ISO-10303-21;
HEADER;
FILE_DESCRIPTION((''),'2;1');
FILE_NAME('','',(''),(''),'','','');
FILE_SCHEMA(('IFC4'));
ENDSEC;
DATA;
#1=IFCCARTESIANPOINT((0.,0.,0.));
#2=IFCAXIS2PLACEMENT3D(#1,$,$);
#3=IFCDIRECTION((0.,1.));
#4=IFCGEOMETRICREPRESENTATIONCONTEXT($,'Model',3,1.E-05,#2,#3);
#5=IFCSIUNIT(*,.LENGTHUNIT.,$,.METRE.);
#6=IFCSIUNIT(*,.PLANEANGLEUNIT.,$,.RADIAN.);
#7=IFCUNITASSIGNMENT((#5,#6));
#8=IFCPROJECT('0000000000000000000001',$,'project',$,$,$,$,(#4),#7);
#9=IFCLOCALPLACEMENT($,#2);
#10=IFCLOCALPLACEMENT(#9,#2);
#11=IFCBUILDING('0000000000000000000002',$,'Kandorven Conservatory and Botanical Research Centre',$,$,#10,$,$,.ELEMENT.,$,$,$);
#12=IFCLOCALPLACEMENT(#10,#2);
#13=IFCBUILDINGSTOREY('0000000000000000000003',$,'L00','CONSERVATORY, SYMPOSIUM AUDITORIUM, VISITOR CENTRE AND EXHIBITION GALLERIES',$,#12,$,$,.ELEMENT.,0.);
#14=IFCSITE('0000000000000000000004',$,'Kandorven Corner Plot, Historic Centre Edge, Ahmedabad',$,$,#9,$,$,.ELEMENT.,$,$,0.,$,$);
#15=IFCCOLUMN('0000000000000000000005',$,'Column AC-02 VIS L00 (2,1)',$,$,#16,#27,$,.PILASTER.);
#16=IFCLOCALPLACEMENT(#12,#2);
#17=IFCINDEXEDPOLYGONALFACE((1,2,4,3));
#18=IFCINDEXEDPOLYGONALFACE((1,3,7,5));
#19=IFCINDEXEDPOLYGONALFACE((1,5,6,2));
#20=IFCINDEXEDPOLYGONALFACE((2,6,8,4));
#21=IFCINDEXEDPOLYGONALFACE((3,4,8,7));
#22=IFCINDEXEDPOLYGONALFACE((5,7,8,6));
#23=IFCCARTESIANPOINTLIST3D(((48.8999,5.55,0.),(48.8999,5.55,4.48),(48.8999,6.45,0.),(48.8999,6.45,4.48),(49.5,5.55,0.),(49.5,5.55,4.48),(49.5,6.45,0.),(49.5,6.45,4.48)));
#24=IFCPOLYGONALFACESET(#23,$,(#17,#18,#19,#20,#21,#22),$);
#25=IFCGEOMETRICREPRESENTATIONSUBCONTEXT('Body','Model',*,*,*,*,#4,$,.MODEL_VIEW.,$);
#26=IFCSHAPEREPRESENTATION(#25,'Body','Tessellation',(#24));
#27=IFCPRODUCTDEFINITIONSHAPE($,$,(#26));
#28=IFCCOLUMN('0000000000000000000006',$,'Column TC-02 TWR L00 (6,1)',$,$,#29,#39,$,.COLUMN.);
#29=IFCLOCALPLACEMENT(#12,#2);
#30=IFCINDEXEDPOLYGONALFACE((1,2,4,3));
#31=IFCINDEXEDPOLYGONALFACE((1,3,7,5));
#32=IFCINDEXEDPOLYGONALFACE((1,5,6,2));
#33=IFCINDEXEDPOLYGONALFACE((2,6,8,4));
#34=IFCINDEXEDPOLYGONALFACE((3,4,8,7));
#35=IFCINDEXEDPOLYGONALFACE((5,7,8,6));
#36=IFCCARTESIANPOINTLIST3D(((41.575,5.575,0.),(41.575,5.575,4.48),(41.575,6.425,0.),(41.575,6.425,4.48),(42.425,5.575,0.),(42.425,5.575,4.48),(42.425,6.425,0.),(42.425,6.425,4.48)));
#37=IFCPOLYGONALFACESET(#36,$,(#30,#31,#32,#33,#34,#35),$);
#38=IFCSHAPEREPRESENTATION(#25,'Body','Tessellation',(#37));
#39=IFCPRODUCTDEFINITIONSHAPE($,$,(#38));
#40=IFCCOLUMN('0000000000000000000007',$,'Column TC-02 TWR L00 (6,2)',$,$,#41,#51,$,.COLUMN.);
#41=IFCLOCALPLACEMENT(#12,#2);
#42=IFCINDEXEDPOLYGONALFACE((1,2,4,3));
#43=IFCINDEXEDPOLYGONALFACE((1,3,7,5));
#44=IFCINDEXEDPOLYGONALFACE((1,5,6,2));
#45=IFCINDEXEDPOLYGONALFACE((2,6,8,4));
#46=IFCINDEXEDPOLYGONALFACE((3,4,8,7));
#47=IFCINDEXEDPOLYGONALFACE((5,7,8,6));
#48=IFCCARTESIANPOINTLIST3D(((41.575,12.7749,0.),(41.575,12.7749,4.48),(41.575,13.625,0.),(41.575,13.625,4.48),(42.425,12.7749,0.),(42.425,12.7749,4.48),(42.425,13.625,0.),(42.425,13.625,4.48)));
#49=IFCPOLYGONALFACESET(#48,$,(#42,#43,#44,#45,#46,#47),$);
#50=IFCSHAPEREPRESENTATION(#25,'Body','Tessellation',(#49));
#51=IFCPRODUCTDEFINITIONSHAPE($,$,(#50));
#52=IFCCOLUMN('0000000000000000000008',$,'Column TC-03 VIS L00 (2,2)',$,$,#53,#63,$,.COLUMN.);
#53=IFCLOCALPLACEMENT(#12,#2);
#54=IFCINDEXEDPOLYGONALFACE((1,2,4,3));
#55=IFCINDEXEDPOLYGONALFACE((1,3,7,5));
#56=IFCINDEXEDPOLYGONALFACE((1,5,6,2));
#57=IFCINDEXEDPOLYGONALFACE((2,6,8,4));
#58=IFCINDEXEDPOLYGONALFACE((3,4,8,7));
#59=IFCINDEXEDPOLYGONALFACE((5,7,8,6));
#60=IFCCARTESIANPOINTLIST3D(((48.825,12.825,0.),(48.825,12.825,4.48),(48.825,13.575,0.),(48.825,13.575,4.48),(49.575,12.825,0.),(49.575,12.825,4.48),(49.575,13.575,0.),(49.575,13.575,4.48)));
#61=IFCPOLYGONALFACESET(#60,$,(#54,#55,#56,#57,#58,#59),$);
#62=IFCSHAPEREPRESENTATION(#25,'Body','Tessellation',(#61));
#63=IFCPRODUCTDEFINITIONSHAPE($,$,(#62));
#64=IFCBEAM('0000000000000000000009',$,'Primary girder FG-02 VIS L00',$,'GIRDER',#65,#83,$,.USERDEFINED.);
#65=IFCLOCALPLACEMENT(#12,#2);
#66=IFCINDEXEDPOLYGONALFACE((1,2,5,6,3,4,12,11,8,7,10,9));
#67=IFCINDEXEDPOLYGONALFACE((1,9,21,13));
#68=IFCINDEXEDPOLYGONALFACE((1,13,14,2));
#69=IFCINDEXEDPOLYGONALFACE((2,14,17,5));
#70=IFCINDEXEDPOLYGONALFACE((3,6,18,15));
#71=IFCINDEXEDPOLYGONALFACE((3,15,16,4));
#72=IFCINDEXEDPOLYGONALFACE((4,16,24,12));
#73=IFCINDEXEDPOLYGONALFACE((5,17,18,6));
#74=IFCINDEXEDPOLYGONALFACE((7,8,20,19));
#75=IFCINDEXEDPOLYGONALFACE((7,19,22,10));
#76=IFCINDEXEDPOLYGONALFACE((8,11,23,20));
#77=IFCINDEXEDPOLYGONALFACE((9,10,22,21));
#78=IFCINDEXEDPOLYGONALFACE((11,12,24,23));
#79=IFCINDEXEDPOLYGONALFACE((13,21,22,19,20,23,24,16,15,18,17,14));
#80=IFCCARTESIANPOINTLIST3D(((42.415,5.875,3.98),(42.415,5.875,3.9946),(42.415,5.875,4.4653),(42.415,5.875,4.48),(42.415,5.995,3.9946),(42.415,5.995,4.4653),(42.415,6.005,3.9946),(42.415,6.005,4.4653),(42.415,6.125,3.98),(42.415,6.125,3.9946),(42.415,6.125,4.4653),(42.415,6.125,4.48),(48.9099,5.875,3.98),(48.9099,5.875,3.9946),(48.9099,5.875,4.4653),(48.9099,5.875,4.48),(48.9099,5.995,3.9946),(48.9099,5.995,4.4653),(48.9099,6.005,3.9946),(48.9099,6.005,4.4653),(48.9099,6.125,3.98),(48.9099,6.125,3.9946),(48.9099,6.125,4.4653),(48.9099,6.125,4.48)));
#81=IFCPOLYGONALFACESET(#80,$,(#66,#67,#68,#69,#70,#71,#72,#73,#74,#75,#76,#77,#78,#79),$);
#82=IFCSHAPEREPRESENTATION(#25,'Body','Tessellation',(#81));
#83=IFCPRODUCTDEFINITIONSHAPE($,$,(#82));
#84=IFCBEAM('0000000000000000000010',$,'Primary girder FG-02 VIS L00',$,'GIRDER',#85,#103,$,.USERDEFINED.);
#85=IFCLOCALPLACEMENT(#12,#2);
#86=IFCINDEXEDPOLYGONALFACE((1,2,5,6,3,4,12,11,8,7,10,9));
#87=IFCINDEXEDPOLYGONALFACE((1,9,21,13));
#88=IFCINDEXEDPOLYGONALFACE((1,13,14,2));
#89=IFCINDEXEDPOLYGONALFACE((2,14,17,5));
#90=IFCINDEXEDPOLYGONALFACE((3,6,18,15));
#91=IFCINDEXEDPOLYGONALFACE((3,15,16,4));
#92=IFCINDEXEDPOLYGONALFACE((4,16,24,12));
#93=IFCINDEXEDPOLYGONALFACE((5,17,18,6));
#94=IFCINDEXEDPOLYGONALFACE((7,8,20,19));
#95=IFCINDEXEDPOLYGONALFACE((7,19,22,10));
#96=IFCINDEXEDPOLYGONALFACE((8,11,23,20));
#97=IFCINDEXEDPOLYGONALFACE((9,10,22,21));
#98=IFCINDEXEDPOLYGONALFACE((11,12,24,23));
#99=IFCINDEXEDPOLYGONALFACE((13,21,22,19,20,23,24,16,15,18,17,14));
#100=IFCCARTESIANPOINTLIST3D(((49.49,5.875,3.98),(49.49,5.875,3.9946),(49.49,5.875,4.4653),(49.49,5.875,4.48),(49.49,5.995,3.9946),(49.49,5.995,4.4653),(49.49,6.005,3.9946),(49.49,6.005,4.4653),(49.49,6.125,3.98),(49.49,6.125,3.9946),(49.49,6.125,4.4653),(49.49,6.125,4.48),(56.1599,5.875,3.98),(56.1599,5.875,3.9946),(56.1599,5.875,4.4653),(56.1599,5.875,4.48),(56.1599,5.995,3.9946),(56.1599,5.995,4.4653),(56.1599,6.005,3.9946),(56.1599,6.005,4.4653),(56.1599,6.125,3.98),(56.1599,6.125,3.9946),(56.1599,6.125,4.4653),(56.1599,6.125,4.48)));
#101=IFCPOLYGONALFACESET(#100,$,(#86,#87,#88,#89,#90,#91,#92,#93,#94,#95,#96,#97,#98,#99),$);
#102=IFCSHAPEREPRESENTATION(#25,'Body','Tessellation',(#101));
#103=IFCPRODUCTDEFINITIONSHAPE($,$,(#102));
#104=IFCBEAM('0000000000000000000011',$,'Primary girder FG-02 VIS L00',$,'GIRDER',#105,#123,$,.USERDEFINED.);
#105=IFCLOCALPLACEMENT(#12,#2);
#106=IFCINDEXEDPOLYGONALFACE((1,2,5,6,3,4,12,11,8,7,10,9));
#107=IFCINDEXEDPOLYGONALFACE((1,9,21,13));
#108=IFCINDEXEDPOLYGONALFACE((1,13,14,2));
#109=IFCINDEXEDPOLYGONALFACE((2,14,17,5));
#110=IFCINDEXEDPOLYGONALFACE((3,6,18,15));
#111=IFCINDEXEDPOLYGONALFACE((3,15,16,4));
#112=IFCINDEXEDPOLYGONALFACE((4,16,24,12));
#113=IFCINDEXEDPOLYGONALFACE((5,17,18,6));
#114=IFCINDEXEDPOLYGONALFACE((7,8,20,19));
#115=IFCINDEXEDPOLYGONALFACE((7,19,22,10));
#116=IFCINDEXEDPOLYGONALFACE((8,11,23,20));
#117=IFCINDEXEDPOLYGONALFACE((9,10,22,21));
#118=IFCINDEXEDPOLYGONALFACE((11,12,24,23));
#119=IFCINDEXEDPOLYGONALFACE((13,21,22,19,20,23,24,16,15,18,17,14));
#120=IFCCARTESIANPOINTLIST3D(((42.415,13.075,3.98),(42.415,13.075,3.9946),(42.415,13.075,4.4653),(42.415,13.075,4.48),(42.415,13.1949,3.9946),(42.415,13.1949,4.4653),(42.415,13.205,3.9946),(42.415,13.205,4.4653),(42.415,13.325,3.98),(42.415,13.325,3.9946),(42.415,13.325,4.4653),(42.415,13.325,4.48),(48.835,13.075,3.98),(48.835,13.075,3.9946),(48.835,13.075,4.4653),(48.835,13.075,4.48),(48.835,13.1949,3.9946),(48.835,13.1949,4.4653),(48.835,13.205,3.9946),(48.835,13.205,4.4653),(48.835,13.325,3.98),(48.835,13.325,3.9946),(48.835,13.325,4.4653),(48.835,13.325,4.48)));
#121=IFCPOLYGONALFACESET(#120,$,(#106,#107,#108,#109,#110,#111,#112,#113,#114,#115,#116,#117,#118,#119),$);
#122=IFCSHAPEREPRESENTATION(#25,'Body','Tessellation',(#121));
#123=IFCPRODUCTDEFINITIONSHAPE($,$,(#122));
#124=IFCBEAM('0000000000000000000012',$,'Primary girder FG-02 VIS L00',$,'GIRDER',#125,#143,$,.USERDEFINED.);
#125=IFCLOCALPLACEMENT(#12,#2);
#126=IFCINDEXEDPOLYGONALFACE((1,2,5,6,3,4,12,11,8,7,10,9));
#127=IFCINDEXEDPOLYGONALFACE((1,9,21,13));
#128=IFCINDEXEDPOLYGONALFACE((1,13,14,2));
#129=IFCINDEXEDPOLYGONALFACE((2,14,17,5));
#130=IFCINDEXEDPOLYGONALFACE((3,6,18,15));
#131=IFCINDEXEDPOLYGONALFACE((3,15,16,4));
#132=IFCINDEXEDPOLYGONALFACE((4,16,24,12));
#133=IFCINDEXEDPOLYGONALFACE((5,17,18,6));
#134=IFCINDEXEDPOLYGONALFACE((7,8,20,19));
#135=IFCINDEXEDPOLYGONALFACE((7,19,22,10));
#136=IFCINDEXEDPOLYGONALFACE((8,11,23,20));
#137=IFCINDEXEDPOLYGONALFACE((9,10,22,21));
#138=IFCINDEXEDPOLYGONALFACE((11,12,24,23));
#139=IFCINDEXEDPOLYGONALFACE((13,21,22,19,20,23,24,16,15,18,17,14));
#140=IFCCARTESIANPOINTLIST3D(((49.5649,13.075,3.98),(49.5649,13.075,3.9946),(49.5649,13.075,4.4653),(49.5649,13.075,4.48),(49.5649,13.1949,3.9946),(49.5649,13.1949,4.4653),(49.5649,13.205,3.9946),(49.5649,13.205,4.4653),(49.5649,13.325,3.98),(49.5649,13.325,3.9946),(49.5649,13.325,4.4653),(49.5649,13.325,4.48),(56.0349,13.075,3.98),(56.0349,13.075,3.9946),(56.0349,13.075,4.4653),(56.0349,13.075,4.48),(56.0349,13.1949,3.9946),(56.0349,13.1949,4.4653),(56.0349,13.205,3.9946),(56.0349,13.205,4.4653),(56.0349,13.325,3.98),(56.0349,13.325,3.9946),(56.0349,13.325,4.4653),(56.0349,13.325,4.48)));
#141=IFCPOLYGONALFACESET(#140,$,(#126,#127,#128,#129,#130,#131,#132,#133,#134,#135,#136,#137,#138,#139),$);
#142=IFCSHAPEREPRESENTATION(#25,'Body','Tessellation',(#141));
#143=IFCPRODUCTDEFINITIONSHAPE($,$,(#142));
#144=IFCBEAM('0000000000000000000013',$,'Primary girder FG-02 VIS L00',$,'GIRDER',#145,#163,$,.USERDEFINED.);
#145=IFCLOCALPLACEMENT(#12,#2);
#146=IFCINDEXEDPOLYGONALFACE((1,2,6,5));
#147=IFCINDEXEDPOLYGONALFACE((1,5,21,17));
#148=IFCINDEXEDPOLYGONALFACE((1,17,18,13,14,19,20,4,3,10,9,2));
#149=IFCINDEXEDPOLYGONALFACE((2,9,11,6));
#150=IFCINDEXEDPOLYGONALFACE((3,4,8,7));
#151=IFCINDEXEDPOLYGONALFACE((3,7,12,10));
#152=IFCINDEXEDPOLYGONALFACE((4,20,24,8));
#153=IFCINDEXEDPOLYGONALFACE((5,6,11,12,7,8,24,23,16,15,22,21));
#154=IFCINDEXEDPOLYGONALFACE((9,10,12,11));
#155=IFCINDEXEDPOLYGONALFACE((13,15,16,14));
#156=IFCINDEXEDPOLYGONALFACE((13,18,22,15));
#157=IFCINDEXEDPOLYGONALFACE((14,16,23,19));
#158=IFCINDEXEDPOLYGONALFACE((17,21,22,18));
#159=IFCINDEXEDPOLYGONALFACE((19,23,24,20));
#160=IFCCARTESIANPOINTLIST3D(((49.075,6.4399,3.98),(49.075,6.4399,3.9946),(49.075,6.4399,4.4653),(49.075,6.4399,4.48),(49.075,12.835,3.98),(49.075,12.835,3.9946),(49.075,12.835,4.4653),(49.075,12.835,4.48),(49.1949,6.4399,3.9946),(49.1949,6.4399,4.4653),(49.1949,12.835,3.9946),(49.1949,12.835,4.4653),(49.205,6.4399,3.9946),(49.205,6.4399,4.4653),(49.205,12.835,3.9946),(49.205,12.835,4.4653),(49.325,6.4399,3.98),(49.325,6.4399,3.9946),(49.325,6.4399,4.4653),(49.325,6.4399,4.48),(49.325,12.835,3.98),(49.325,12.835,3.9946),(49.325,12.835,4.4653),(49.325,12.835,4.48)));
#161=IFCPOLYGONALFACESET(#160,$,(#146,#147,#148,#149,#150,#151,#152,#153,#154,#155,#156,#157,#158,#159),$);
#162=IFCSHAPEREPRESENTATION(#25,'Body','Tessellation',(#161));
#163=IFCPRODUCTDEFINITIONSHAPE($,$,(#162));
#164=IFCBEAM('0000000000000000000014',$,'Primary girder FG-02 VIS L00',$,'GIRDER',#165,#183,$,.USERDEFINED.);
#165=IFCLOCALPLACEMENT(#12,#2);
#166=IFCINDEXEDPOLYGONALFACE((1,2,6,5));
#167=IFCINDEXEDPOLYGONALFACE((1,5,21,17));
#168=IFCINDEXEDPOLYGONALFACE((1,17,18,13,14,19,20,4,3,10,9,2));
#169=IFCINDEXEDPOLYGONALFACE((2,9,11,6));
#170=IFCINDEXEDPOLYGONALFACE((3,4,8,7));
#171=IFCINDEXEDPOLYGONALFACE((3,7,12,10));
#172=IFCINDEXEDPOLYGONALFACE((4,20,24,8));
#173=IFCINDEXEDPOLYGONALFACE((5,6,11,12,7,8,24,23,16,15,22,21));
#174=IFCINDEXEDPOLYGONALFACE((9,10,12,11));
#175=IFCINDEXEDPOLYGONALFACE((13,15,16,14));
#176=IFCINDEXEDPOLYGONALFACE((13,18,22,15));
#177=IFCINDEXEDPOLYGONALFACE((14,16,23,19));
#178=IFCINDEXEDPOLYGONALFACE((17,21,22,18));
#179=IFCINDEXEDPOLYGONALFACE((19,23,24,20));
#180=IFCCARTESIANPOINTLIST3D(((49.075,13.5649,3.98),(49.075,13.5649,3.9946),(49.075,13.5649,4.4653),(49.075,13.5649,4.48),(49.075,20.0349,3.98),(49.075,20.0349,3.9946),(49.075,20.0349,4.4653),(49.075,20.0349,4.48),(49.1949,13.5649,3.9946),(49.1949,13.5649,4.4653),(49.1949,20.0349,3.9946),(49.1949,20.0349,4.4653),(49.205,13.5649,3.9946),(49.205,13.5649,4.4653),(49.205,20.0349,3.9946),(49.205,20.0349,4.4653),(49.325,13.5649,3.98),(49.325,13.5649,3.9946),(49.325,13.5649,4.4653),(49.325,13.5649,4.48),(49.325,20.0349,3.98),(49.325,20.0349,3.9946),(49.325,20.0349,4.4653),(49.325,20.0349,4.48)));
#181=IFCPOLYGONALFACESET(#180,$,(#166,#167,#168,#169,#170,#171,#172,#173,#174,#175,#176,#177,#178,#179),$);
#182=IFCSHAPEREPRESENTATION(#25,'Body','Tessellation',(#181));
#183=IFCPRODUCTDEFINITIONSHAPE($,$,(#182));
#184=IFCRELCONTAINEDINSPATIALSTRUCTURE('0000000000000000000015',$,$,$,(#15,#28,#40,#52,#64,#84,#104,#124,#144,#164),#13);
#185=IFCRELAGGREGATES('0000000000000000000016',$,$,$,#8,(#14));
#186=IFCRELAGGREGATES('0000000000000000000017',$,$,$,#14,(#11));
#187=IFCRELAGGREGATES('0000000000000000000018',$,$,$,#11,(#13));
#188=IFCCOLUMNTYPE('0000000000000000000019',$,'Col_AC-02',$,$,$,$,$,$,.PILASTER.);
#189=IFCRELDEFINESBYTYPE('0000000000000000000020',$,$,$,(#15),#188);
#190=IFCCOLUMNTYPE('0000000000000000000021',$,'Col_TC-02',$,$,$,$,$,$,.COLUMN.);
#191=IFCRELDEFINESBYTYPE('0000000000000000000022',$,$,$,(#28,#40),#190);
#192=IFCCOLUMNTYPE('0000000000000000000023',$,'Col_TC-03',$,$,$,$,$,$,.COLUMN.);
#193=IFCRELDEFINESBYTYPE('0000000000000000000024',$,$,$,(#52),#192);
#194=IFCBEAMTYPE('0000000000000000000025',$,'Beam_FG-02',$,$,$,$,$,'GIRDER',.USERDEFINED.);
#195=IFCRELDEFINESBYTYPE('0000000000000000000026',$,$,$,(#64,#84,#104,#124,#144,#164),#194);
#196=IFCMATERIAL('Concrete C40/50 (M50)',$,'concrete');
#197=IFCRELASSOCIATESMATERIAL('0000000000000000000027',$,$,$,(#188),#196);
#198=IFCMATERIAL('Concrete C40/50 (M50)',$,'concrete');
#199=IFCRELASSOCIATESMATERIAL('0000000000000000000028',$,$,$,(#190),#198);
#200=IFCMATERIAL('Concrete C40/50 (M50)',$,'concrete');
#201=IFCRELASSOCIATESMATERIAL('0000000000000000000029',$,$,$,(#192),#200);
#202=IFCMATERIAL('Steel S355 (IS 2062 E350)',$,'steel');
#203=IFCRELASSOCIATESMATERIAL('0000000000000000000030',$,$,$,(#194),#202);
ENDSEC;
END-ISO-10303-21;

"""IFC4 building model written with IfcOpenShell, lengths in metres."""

from ifc_helpers import new_model, si_unit, direction, frame, origin, origin_2d, place, context, subcontext, project, spatial, rectangle, i_section, extrude, material, material_profile, profile_set, type_object, element, save


model = new_model("IFC4")

# Units and contexts
model_context = context("Model", 3, precision=1e-05, world=origin(), true_north=direction((0.0, 1.0)))
body_context = subcontext(model_context, "Body", "Model", "MODEL_VIEW")
ifc_project = project(units=[si_unit("LENGTHUNIT", "METRE"), si_unit("PLANEANGLEUNIT", "RADIAN")], contexts=[model_context])

# Site, building, storey
site_placement = place(None, origin())
site = spatial("IfcSite", under=ifc_project, at=site_placement, Name="Kandorven Corner Plot, Historic Centre Edge, Ahmedabad", CompositionType="ELEMENT", RefElevation=0.0)
building_placement = place(site_placement, origin())
building = spatial("IfcBuilding", under=site, at=building_placement, Name="Kandorven Conservatory and Botanical Research Centre", CompositionType="ELEMENT")
storey_placement = place(building_placement, origin())
storey = spatial("IfcBuildingStorey", under=building, at=storey_placement, Name="L00", Description="CONSERVATORY, SYMPOSIUM AUDITORIUM, VISITOR CENTRE AND EXHIBITION GALLERIES", CompositionType="ELEMENT", Elevation=0.0)

# Columns
ifc_material_1 = material(Name="Concrete C40/50 (M50)", Category="concrete")
ifc_material_profile_1 = material_profile(ifc_material_1, rectangle(XDim=0.6001, YDim=0.8999, at=origin_2d()))
ifc_profile_set_1 = profile_set([ifc_material_profile_1], Name="Concrete C40/50 (M50)")
column_type_1 = type_object("IfcColumnType", Name="Col_AC-02", PredefinedType="PILASTER", material=ifc_profile_set_1)
column_1_placement = place(storey_placement, frame((49.2, 6.0, 0.0), z_axis=(0.0, 0.0, 1.0), x_axis=(1.0, 0.0, 0.0)))
element("IfcColumn", 1, at=column_1_placement, inside=storey, type_object=column_type_1, Name="Column AC-02 VIS L00 (2,1)", PredefinedType="PILASTER", context=body_context, shape_type="SweptSolid", body=[
    extrude(rectangle(XDim=0.6001, YDim=0.8999, at=origin_2d()), origin(), (0.0, 0.0, 1.0), 4.48),
])
ifc_material_2 = material(Name="Concrete C40/50 (M50)", Category="concrete")
ifc_material_profile_2 = material_profile(ifc_material_2, rectangle(XDim=0.8501, YDim=0.8501, at=origin_2d()))
ifc_profile_set_2 = profile_set([ifc_material_profile_2], Name="Concrete C40/50 (M50)")
column_type_2 = type_object("IfcColumnType", Name="Col_TC-02", PredefinedType="COLUMN", material=ifc_profile_set_2)
for number, where, z_axis, x_axis, name in (
    (2, (42.0, 6.0, 0.0), (0.0, 0.0, 1.0), (1.0, 0.0, 0.0), "Column TC-02 TWR L00 (6,1)"),
    (3, (42.0, 13.2, 0.0), (0.0, 0.0, 1.0), (1.0, 0.0, 0.0), "Column TC-02 TWR L00 (6,2)"),
):
    element("IfcColumn", number, at=place(storey_placement, frame(where, z_axis=z_axis, x_axis=x_axis)), inside=storey, type_object=column_type_2, Name=name, PredefinedType="COLUMN", context=body_context, shape_type="SweptSolid", body=[
        extrude(rectangle(XDim=0.8501, YDim=0.8501, at=origin_2d()), origin(), (0.0, 0.0, 1.0), 4.48),
    ])
ifc_material_3 = material(Name="Concrete C40/50 (M50)", Category="concrete")
ifc_material_profile_3 = material_profile(ifc_material_3, rectangle(XDim=0.75, YDim=0.75, at=origin_2d()))
ifc_profile_set_3 = profile_set([ifc_material_profile_3], Name="Concrete C40/50 (M50)")
column_type_3 = type_object("IfcColumnType", Name="Col_TC-03", PredefinedType="COLUMN", material=ifc_profile_set_3)
column_2_placement = place(storey_placement, frame((49.2, 13.2, 0.0), z_axis=(0.0, 0.0, 1.0), x_axis=(1.0, 0.0, 0.0)))
element("IfcColumn", 4, at=column_2_placement, inside=storey, type_object=column_type_3, Name="Column TC-03 VIS L00 (2,2)", PredefinedType="COLUMN", context=body_context, shape_type="SweptSolid", body=[
    extrude(rectangle(XDim=0.75, YDim=0.75, at=origin_2d()), origin(), (0.0, 0.0, 1.0), 4.48),
])

# Beams
ifc_material_4 = material(Name="Steel S355 (IS 2062 E350)", Category="steel")
ifc_material_profile_4 = material_profile(ifc_material_4, i_section(OverallWidth=0.25, OverallDepth=0.5, WebThickness=0.01, FlangeThickness=0.0146, at=origin_2d()))
ifc_profile_set_4 = profile_set([ifc_material_profile_4], Name="Steel S355 (IS 2062 E350)")
beam_type_1 = type_object("IfcBeamType", Name="Beam_FG-02", ElementType="GIRDER", PredefinedType="USERDEFINED", material=ifc_profile_set_4)
beam_1_placement = place(storey_placement, frame((42.415, 6.0, 4.23), z_axis=(1.0, 0.0, 0.0), x_axis=(0.0, 1.0, 0.0)))
element("IfcBeam", 5, at=beam_1_placement, inside=storey, type_object=beam_type_1, Name="Primary girder FG-02 VIS L00", ObjectType="GIRDER", PredefinedType="USERDEFINED", context=body_context, shape_type="SweptSolid", body=[
    extrude(i_section(OverallWidth=0.25, OverallDepth=0.5, WebThickness=0.01, FlangeThickness=0.0146, at=origin_2d()), origin(), (0.0, 0.0, 1.0), 6.4949),
])
beam_2_placement = place(storey_placement, frame((49.49, 6.0, 4.23), z_axis=(1.0, 0.0, 0.0), x_axis=(0.0, 1.0, 0.0)))
element("IfcBeam", 6, at=beam_2_placement, inside=storey, type_object=beam_type_1, Name="Primary girder FG-02 VIS L00", ObjectType="GIRDER", PredefinedType="USERDEFINED", context=body_context, shape_type="SweptSolid", body=[
    extrude(i_section(OverallWidth=0.25, OverallDepth=0.5, WebThickness=0.01, FlangeThickness=0.0146, at=origin_2d()), origin(), (0.0, 0.0, 1.0), 6.6699),
])
beam_3_placement = place(storey_placement, frame((42.415, 13.2, 4.23), z_axis=(1.0, 0.0, 0.0), x_axis=(0.0, 1.0, 0.0)))
element("IfcBeam", 7, at=beam_3_placement, inside=storey, type_object=beam_type_1, Name="Primary girder FG-02 VIS L00", ObjectType="GIRDER", PredefinedType="USERDEFINED", context=body_context, shape_type="SweptSolid", body=[
    extrude(i_section(OverallWidth=0.25, OverallDepth=0.5, WebThickness=0.01, FlangeThickness=0.0146, at=origin_2d()), origin(), (0.0, 0.0, 1.0), 6.4199),
])
beam_4_placement = place(storey_placement, frame((49.5649, 13.2, 4.23), z_axis=(1.0, 0.0, 0.0), x_axis=(0.0, 1.0, 0.0)))
element("IfcBeam", 8, at=beam_4_placement, inside=storey, type_object=beam_type_1, Name="Primary girder FG-02 VIS L00", ObjectType="GIRDER", PredefinedType="USERDEFINED", context=body_context, shape_type="SweptSolid", body=[
    extrude(i_section(OverallWidth=0.25, OverallDepth=0.5, WebThickness=0.01, FlangeThickness=0.0146, at=origin_2d()), origin(), (0.0, 0.0, 1.0), 6.47),
])
beam_5_placement = place(storey_placement, frame((49.2, 6.4399, 4.23), z_axis=(0.0, 1.0, 0.0), x_axis=(-1.0, 0.0, 0.0)))
element("IfcBeam", 9, at=beam_5_placement, inside=storey, type_object=beam_type_1, Name="Primary girder FG-02 VIS L00", ObjectType="GIRDER", PredefinedType="USERDEFINED", context=body_context, shape_type="SweptSolid", body=[
    extrude(i_section(OverallWidth=0.25, OverallDepth=0.5, WebThickness=0.01, FlangeThickness=0.0146, at=origin_2d()), origin(), (0.0, 0.0, 1.0), 6.395),
])
beam_6_placement = place(storey_placement, frame((49.2, 13.5649, 4.23), z_axis=(0.0, 1.0, 0.0), x_axis=(-1.0, 0.0, 0.0)))
element("IfcBeam", 10, at=beam_6_placement, inside=storey, type_object=beam_type_1, Name="Primary girder FG-02 VIS L00", ObjectType="GIRDER", PredefinedType="USERDEFINED", context=body_context, shape_type="SweptSolid", body=[
    extrude(i_section(OverallWidth=0.25, OverallDepth=0.5, WebThickness=0.01, FlangeThickness=0.0146, at=origin_2d()), origin(), (0.0, 0.0, 1.0), 6.47),
])

save(model, "model.ifc")
